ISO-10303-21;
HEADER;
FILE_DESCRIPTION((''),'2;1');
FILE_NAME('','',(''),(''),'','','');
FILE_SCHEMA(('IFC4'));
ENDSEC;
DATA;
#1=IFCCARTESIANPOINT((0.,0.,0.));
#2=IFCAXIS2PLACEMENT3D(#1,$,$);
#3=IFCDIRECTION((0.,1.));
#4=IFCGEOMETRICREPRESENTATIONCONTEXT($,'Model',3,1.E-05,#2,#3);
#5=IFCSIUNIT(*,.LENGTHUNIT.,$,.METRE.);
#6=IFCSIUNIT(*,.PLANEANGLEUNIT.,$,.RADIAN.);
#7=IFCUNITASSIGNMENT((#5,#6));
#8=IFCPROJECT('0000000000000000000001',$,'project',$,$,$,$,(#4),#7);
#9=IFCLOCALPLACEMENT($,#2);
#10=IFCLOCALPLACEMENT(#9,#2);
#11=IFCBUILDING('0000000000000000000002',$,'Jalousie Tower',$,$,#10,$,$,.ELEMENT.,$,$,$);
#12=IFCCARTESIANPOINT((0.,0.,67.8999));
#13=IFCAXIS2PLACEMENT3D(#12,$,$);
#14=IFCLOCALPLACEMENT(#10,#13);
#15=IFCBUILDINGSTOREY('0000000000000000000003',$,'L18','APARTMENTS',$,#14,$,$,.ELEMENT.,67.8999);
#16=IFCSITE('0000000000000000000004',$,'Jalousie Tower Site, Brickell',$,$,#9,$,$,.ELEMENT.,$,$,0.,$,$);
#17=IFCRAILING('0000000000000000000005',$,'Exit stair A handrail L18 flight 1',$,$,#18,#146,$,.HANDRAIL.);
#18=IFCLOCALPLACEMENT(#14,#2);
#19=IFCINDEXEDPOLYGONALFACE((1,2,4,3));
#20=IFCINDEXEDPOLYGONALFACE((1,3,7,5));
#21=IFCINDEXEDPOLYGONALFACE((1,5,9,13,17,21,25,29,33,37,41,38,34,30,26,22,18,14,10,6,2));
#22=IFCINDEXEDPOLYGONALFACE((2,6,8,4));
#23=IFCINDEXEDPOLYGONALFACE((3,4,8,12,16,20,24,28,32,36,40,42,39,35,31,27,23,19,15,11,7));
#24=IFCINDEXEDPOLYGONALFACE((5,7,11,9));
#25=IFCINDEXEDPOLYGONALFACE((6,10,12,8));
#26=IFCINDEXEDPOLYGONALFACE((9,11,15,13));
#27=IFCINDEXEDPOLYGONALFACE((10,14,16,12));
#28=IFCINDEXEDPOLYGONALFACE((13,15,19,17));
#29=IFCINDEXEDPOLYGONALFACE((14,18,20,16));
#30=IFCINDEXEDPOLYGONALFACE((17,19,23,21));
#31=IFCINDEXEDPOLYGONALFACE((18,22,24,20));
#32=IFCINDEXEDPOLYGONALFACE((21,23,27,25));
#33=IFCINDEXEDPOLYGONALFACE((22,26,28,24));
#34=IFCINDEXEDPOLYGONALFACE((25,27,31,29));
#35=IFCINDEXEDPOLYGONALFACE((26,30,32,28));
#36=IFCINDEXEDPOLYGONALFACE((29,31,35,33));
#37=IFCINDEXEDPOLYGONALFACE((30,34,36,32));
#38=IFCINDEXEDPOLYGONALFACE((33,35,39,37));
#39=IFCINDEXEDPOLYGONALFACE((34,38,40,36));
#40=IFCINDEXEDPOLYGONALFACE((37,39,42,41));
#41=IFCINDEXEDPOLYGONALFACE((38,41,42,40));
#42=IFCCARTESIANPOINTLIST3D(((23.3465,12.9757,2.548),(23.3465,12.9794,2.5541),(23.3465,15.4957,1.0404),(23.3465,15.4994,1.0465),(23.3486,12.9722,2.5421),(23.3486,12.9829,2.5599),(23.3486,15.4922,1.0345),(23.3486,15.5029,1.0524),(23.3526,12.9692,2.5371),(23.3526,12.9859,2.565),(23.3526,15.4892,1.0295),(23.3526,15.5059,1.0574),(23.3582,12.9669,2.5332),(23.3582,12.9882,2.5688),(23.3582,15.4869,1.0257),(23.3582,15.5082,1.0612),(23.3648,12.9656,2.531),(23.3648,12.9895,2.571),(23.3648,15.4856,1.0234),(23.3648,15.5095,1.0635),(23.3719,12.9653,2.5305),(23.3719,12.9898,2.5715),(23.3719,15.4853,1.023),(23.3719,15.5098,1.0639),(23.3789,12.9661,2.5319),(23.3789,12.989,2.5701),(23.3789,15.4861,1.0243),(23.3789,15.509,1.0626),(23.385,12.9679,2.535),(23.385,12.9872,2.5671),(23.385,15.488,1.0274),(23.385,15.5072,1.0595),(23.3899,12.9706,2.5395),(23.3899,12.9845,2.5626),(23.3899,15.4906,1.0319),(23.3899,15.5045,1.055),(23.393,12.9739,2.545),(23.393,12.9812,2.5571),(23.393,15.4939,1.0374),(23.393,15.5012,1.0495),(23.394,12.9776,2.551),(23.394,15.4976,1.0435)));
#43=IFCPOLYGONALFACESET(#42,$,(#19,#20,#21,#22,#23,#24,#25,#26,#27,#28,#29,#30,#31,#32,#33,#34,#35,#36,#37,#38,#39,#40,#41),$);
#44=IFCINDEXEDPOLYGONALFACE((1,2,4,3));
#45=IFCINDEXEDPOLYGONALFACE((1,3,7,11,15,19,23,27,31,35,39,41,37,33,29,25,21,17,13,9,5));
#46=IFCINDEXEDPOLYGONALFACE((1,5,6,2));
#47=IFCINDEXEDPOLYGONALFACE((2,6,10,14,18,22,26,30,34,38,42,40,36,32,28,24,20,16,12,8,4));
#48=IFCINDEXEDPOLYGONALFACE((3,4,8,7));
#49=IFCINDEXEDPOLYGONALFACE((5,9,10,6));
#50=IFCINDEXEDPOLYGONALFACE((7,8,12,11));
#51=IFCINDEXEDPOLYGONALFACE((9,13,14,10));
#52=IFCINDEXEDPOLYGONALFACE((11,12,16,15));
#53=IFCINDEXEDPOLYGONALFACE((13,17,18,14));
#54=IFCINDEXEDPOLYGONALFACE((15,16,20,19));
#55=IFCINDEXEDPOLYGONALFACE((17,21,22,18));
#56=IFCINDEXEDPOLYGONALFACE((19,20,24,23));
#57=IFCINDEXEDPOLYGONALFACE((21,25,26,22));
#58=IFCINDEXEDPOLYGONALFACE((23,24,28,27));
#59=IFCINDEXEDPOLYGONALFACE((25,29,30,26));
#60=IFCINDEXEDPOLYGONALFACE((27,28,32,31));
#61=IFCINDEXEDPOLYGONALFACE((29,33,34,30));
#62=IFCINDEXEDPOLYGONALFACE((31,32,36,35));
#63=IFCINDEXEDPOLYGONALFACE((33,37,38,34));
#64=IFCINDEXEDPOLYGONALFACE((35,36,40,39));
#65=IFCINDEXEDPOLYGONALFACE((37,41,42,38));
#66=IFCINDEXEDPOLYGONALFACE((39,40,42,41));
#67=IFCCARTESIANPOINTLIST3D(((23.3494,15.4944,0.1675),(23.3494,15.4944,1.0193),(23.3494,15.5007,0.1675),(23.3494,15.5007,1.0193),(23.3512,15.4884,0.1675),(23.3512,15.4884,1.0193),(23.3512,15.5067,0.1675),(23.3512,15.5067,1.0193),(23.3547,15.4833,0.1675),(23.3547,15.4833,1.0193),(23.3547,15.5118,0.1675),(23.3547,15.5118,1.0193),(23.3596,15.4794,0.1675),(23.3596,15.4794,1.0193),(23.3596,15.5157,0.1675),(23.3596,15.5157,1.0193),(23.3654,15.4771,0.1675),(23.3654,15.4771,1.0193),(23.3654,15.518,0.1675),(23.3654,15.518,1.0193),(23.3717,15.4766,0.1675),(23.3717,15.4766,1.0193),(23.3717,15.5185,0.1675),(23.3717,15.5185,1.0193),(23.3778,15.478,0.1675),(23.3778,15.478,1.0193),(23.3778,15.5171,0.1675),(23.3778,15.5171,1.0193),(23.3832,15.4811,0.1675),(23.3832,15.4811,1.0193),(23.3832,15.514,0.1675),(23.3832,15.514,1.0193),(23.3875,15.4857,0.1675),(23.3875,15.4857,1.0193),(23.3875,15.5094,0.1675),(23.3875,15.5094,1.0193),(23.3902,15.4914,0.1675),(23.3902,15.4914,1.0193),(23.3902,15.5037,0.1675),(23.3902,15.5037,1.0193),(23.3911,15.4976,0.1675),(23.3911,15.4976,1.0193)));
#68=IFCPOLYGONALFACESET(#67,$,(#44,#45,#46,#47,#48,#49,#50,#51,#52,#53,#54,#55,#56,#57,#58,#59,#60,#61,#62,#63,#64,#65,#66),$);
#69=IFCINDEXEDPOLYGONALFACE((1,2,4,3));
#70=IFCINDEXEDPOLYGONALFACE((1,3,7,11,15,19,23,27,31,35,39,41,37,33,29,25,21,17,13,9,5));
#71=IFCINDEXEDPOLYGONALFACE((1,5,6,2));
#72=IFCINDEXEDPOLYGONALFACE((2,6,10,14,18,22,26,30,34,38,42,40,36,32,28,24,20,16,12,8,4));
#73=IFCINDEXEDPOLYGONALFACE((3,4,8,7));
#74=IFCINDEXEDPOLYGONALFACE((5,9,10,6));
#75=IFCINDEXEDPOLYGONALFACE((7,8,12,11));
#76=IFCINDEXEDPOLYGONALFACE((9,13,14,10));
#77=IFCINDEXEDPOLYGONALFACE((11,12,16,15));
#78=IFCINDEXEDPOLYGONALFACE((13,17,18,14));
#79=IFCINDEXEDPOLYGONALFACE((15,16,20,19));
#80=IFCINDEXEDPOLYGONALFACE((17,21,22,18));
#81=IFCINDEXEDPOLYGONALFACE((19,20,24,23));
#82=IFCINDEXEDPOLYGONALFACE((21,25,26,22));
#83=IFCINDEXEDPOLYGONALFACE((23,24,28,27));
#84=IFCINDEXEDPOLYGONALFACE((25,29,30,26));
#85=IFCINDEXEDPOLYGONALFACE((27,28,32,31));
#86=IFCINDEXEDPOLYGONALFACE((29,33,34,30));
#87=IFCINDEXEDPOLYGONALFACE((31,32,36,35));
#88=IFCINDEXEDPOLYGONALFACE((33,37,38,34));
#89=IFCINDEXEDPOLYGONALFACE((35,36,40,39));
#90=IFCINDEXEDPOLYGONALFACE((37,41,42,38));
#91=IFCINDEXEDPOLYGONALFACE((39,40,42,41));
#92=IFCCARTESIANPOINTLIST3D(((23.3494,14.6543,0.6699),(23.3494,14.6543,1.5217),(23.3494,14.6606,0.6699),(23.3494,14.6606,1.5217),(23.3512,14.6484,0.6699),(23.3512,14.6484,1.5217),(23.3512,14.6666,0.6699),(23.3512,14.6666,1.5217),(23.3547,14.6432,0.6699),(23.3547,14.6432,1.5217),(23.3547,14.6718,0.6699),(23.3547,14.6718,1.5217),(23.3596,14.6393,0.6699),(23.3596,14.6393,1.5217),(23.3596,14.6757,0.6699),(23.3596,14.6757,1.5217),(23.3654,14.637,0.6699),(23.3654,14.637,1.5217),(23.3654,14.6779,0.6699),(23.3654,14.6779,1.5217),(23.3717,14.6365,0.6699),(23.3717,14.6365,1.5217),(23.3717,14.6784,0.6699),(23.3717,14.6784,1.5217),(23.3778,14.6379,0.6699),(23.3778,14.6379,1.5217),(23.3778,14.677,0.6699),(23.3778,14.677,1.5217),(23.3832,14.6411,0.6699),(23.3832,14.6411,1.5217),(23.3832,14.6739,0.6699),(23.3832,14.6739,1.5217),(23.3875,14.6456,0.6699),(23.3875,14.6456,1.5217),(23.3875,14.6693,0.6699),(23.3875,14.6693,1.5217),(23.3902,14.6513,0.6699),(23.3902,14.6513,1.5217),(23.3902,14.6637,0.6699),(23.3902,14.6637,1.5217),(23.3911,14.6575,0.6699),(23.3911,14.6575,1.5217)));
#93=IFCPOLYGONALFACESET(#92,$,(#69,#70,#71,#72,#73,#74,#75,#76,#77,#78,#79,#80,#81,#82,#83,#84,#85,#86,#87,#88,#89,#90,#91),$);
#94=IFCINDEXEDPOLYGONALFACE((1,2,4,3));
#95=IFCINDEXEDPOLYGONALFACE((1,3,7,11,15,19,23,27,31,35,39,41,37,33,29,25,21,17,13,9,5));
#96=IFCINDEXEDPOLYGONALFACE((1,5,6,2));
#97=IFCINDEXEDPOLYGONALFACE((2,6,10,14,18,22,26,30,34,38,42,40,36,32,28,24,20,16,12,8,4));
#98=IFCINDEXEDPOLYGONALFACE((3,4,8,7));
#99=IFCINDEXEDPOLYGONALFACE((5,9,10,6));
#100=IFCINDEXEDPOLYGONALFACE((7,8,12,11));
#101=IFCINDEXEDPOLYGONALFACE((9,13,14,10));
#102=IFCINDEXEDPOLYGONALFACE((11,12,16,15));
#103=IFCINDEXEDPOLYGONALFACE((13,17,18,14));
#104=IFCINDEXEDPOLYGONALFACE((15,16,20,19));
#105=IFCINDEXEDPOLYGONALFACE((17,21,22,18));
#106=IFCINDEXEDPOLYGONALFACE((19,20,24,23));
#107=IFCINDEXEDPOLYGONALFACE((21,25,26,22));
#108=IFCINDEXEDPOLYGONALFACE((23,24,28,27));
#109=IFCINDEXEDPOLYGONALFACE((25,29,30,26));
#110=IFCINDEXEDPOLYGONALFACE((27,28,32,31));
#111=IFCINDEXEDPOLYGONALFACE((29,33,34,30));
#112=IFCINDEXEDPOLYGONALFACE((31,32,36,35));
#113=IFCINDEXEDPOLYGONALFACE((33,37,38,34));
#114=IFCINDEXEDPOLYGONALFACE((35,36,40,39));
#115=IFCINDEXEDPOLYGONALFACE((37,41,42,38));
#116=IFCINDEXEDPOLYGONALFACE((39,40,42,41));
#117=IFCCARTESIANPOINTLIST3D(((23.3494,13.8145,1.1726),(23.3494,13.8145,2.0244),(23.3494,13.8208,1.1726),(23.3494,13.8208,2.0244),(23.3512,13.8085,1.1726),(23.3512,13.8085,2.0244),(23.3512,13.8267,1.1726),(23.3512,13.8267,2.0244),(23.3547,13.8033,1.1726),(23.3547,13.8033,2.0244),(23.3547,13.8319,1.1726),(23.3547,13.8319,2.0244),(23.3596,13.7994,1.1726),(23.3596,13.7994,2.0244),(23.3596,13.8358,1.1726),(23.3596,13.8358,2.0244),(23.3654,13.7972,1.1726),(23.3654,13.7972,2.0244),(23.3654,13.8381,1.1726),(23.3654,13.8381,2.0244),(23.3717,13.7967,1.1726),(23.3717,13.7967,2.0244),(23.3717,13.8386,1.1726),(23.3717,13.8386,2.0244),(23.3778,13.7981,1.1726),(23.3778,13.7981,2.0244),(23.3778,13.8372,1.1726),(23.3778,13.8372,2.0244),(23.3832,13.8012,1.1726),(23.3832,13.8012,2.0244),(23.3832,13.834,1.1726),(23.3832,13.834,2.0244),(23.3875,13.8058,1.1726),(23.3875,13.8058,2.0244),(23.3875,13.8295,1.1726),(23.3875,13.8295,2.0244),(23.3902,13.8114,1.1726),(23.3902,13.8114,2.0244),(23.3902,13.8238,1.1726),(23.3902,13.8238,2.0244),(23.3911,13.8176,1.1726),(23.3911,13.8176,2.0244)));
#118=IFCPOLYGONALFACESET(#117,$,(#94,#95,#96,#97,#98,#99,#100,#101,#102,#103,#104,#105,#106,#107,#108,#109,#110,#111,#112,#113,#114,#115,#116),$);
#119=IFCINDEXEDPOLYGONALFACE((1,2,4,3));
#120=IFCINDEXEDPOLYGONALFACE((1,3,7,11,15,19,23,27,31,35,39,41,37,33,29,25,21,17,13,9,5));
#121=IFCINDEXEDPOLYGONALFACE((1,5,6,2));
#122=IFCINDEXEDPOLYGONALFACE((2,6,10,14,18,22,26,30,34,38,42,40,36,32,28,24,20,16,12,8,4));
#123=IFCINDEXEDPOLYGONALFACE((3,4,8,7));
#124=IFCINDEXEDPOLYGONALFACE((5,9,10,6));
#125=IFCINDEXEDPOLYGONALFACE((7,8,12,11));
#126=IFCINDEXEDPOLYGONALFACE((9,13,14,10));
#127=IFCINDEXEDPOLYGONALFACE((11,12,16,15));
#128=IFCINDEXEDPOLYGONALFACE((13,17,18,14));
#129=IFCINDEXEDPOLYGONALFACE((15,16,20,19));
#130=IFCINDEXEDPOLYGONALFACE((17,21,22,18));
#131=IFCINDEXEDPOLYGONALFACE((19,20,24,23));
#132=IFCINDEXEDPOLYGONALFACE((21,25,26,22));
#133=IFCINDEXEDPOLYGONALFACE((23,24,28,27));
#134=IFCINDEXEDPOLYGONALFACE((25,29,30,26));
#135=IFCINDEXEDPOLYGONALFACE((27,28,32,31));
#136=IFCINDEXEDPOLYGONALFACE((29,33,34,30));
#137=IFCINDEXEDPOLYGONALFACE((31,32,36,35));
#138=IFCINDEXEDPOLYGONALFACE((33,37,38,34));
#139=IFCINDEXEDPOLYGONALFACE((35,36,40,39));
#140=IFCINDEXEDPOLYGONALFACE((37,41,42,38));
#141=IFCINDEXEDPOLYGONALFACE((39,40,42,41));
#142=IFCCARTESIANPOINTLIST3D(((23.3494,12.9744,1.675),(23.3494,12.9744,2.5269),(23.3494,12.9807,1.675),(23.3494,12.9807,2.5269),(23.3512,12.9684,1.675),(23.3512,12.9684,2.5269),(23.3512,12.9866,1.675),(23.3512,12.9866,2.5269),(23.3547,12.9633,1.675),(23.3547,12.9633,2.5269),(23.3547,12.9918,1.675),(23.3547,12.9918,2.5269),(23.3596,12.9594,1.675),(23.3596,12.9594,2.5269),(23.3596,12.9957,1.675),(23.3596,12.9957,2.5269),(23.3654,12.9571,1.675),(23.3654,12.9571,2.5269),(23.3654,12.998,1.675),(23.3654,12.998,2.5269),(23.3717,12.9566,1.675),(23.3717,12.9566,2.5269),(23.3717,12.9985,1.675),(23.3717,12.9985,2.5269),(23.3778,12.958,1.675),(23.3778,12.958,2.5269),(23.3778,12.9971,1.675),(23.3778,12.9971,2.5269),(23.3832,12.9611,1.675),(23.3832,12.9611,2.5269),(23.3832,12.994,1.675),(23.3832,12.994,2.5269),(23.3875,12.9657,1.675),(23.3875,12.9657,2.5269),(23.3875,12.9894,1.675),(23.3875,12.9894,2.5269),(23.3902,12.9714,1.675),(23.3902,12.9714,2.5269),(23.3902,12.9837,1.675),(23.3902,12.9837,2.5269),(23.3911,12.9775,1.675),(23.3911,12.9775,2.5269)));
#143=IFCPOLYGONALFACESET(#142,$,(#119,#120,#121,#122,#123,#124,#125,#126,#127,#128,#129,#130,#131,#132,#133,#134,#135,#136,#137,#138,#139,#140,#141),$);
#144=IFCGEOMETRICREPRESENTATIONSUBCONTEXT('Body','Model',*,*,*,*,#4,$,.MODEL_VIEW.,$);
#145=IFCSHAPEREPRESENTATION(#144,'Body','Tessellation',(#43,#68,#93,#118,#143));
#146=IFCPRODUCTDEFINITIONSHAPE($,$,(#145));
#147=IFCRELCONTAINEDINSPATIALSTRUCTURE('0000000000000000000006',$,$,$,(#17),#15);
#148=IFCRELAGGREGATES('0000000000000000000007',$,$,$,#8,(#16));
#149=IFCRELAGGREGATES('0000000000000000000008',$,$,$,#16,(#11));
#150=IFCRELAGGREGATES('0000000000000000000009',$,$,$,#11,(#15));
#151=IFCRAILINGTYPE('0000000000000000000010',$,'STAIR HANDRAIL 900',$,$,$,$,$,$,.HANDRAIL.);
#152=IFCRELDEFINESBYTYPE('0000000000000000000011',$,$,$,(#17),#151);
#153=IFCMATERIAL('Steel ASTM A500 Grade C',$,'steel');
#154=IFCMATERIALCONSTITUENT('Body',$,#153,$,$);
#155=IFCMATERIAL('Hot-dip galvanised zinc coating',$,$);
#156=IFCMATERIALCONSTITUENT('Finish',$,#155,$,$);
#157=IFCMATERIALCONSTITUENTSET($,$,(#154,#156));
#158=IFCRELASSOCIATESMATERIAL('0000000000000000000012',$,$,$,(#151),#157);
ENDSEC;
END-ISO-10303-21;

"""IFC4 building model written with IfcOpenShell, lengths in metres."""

from ifc_helpers import new_model, si_unit, direction, frame, origin, origin_2d, place, context, subcontext, project, spatial, circle, extrude, material, constituent, constituent_set, type_object, element, save


model = new_model("IFC4")

# Units and contexts
model_context = context("Model", 3, precision=1e-05, world=origin(), true_north=direction((0.0, 1.0)))
body_context = subcontext(model_context, "Body", "Model", "MODEL_VIEW")
ifc_project = project(units=[si_unit("LENGTHUNIT", "METRE"), si_unit("PLANEANGLEUNIT", "RADIAN")], contexts=[model_context])

# Site, building, storey
site_placement = place(None, origin())
site = spatial("IfcSite", under=ifc_project, at=site_placement, Name="Jalousie Tower Site, Brickell", CompositionType="ELEMENT", RefElevation=0.0)
building_placement = place(site_placement, origin())
building = spatial("IfcBuilding", under=site, at=building_placement, Name="Jalousie Tower", CompositionType="ELEMENT")
storey_placement = place(building_placement, frame((0.0, 0.0, 67.8999)))
storey = spatial("IfcBuildingStorey", under=building, at=storey_placement, Name="L18", Description="APARTMENTS", CompositionType="ELEMENT", Elevation=67.8999)

# Railing
ifc_material_1 = material(Name="Steel ASTM A500 Grade C", Category="steel")
ifc_constituent_1 = constituent(ifc_material_1, Name="Body")
ifc_material_2 = material(Name="Hot-dip galvanised zinc coating")
ifc_constituent_2 = constituent(ifc_material_2, Name="Finish")
ifc_constituent_set_1 = constituent_set(constituents=[ifc_constituent_1, ifc_constituent_2])
railing_type_1 = type_object("IfcRailingType", Name="STAIR HANDRAIL 900", PredefinedType="HANDRAIL", material=ifc_constituent_set_1)
railing_1_placement = place(storey_placement, frame((23.3701, 15.4976, 0.1675)))
element("IfcRailing", 1, at=railing_1_placement, inside=storey, type_object=railing_type_1, Name="Exit stair A handrail L18 flight 1", PredefinedType="HANDRAIL", context=body_context, shape_type="SweptSolid", body=[
    extrude(circle(Radius=0.0239, at=origin_2d()), frame((0.0, 0.0, 0.876), z_axis=(0.0, -0.85816, 0.513383), x_axis=(1.0, 0.0, 0.0)), (0.0, 0.0, 1.0), 2.9365),
    extrude(circle(Radius=0.021, at=origin_2d()), origin(), (0.0, 0.0, 1.0), 0.8518),
    extrude(circle(Radius=0.021, at=origin_2d()), frame((0.0, -0.8401, 0.5024)), (0.0, 0.0, 1.0), 0.8518),
    extrude(circle(Radius=0.021, at=origin_2d()), frame((0.0, -1.6799, 1.0051)), (0.0, 0.0, 1.0), 0.8518),
    extrude(circle(Radius=0.021, at=origin_2d()), frame((0.0, -2.52, 1.5076)), (0.0, 0.0, 1.0), 0.8518),
])

save(model, "model.ifc")
